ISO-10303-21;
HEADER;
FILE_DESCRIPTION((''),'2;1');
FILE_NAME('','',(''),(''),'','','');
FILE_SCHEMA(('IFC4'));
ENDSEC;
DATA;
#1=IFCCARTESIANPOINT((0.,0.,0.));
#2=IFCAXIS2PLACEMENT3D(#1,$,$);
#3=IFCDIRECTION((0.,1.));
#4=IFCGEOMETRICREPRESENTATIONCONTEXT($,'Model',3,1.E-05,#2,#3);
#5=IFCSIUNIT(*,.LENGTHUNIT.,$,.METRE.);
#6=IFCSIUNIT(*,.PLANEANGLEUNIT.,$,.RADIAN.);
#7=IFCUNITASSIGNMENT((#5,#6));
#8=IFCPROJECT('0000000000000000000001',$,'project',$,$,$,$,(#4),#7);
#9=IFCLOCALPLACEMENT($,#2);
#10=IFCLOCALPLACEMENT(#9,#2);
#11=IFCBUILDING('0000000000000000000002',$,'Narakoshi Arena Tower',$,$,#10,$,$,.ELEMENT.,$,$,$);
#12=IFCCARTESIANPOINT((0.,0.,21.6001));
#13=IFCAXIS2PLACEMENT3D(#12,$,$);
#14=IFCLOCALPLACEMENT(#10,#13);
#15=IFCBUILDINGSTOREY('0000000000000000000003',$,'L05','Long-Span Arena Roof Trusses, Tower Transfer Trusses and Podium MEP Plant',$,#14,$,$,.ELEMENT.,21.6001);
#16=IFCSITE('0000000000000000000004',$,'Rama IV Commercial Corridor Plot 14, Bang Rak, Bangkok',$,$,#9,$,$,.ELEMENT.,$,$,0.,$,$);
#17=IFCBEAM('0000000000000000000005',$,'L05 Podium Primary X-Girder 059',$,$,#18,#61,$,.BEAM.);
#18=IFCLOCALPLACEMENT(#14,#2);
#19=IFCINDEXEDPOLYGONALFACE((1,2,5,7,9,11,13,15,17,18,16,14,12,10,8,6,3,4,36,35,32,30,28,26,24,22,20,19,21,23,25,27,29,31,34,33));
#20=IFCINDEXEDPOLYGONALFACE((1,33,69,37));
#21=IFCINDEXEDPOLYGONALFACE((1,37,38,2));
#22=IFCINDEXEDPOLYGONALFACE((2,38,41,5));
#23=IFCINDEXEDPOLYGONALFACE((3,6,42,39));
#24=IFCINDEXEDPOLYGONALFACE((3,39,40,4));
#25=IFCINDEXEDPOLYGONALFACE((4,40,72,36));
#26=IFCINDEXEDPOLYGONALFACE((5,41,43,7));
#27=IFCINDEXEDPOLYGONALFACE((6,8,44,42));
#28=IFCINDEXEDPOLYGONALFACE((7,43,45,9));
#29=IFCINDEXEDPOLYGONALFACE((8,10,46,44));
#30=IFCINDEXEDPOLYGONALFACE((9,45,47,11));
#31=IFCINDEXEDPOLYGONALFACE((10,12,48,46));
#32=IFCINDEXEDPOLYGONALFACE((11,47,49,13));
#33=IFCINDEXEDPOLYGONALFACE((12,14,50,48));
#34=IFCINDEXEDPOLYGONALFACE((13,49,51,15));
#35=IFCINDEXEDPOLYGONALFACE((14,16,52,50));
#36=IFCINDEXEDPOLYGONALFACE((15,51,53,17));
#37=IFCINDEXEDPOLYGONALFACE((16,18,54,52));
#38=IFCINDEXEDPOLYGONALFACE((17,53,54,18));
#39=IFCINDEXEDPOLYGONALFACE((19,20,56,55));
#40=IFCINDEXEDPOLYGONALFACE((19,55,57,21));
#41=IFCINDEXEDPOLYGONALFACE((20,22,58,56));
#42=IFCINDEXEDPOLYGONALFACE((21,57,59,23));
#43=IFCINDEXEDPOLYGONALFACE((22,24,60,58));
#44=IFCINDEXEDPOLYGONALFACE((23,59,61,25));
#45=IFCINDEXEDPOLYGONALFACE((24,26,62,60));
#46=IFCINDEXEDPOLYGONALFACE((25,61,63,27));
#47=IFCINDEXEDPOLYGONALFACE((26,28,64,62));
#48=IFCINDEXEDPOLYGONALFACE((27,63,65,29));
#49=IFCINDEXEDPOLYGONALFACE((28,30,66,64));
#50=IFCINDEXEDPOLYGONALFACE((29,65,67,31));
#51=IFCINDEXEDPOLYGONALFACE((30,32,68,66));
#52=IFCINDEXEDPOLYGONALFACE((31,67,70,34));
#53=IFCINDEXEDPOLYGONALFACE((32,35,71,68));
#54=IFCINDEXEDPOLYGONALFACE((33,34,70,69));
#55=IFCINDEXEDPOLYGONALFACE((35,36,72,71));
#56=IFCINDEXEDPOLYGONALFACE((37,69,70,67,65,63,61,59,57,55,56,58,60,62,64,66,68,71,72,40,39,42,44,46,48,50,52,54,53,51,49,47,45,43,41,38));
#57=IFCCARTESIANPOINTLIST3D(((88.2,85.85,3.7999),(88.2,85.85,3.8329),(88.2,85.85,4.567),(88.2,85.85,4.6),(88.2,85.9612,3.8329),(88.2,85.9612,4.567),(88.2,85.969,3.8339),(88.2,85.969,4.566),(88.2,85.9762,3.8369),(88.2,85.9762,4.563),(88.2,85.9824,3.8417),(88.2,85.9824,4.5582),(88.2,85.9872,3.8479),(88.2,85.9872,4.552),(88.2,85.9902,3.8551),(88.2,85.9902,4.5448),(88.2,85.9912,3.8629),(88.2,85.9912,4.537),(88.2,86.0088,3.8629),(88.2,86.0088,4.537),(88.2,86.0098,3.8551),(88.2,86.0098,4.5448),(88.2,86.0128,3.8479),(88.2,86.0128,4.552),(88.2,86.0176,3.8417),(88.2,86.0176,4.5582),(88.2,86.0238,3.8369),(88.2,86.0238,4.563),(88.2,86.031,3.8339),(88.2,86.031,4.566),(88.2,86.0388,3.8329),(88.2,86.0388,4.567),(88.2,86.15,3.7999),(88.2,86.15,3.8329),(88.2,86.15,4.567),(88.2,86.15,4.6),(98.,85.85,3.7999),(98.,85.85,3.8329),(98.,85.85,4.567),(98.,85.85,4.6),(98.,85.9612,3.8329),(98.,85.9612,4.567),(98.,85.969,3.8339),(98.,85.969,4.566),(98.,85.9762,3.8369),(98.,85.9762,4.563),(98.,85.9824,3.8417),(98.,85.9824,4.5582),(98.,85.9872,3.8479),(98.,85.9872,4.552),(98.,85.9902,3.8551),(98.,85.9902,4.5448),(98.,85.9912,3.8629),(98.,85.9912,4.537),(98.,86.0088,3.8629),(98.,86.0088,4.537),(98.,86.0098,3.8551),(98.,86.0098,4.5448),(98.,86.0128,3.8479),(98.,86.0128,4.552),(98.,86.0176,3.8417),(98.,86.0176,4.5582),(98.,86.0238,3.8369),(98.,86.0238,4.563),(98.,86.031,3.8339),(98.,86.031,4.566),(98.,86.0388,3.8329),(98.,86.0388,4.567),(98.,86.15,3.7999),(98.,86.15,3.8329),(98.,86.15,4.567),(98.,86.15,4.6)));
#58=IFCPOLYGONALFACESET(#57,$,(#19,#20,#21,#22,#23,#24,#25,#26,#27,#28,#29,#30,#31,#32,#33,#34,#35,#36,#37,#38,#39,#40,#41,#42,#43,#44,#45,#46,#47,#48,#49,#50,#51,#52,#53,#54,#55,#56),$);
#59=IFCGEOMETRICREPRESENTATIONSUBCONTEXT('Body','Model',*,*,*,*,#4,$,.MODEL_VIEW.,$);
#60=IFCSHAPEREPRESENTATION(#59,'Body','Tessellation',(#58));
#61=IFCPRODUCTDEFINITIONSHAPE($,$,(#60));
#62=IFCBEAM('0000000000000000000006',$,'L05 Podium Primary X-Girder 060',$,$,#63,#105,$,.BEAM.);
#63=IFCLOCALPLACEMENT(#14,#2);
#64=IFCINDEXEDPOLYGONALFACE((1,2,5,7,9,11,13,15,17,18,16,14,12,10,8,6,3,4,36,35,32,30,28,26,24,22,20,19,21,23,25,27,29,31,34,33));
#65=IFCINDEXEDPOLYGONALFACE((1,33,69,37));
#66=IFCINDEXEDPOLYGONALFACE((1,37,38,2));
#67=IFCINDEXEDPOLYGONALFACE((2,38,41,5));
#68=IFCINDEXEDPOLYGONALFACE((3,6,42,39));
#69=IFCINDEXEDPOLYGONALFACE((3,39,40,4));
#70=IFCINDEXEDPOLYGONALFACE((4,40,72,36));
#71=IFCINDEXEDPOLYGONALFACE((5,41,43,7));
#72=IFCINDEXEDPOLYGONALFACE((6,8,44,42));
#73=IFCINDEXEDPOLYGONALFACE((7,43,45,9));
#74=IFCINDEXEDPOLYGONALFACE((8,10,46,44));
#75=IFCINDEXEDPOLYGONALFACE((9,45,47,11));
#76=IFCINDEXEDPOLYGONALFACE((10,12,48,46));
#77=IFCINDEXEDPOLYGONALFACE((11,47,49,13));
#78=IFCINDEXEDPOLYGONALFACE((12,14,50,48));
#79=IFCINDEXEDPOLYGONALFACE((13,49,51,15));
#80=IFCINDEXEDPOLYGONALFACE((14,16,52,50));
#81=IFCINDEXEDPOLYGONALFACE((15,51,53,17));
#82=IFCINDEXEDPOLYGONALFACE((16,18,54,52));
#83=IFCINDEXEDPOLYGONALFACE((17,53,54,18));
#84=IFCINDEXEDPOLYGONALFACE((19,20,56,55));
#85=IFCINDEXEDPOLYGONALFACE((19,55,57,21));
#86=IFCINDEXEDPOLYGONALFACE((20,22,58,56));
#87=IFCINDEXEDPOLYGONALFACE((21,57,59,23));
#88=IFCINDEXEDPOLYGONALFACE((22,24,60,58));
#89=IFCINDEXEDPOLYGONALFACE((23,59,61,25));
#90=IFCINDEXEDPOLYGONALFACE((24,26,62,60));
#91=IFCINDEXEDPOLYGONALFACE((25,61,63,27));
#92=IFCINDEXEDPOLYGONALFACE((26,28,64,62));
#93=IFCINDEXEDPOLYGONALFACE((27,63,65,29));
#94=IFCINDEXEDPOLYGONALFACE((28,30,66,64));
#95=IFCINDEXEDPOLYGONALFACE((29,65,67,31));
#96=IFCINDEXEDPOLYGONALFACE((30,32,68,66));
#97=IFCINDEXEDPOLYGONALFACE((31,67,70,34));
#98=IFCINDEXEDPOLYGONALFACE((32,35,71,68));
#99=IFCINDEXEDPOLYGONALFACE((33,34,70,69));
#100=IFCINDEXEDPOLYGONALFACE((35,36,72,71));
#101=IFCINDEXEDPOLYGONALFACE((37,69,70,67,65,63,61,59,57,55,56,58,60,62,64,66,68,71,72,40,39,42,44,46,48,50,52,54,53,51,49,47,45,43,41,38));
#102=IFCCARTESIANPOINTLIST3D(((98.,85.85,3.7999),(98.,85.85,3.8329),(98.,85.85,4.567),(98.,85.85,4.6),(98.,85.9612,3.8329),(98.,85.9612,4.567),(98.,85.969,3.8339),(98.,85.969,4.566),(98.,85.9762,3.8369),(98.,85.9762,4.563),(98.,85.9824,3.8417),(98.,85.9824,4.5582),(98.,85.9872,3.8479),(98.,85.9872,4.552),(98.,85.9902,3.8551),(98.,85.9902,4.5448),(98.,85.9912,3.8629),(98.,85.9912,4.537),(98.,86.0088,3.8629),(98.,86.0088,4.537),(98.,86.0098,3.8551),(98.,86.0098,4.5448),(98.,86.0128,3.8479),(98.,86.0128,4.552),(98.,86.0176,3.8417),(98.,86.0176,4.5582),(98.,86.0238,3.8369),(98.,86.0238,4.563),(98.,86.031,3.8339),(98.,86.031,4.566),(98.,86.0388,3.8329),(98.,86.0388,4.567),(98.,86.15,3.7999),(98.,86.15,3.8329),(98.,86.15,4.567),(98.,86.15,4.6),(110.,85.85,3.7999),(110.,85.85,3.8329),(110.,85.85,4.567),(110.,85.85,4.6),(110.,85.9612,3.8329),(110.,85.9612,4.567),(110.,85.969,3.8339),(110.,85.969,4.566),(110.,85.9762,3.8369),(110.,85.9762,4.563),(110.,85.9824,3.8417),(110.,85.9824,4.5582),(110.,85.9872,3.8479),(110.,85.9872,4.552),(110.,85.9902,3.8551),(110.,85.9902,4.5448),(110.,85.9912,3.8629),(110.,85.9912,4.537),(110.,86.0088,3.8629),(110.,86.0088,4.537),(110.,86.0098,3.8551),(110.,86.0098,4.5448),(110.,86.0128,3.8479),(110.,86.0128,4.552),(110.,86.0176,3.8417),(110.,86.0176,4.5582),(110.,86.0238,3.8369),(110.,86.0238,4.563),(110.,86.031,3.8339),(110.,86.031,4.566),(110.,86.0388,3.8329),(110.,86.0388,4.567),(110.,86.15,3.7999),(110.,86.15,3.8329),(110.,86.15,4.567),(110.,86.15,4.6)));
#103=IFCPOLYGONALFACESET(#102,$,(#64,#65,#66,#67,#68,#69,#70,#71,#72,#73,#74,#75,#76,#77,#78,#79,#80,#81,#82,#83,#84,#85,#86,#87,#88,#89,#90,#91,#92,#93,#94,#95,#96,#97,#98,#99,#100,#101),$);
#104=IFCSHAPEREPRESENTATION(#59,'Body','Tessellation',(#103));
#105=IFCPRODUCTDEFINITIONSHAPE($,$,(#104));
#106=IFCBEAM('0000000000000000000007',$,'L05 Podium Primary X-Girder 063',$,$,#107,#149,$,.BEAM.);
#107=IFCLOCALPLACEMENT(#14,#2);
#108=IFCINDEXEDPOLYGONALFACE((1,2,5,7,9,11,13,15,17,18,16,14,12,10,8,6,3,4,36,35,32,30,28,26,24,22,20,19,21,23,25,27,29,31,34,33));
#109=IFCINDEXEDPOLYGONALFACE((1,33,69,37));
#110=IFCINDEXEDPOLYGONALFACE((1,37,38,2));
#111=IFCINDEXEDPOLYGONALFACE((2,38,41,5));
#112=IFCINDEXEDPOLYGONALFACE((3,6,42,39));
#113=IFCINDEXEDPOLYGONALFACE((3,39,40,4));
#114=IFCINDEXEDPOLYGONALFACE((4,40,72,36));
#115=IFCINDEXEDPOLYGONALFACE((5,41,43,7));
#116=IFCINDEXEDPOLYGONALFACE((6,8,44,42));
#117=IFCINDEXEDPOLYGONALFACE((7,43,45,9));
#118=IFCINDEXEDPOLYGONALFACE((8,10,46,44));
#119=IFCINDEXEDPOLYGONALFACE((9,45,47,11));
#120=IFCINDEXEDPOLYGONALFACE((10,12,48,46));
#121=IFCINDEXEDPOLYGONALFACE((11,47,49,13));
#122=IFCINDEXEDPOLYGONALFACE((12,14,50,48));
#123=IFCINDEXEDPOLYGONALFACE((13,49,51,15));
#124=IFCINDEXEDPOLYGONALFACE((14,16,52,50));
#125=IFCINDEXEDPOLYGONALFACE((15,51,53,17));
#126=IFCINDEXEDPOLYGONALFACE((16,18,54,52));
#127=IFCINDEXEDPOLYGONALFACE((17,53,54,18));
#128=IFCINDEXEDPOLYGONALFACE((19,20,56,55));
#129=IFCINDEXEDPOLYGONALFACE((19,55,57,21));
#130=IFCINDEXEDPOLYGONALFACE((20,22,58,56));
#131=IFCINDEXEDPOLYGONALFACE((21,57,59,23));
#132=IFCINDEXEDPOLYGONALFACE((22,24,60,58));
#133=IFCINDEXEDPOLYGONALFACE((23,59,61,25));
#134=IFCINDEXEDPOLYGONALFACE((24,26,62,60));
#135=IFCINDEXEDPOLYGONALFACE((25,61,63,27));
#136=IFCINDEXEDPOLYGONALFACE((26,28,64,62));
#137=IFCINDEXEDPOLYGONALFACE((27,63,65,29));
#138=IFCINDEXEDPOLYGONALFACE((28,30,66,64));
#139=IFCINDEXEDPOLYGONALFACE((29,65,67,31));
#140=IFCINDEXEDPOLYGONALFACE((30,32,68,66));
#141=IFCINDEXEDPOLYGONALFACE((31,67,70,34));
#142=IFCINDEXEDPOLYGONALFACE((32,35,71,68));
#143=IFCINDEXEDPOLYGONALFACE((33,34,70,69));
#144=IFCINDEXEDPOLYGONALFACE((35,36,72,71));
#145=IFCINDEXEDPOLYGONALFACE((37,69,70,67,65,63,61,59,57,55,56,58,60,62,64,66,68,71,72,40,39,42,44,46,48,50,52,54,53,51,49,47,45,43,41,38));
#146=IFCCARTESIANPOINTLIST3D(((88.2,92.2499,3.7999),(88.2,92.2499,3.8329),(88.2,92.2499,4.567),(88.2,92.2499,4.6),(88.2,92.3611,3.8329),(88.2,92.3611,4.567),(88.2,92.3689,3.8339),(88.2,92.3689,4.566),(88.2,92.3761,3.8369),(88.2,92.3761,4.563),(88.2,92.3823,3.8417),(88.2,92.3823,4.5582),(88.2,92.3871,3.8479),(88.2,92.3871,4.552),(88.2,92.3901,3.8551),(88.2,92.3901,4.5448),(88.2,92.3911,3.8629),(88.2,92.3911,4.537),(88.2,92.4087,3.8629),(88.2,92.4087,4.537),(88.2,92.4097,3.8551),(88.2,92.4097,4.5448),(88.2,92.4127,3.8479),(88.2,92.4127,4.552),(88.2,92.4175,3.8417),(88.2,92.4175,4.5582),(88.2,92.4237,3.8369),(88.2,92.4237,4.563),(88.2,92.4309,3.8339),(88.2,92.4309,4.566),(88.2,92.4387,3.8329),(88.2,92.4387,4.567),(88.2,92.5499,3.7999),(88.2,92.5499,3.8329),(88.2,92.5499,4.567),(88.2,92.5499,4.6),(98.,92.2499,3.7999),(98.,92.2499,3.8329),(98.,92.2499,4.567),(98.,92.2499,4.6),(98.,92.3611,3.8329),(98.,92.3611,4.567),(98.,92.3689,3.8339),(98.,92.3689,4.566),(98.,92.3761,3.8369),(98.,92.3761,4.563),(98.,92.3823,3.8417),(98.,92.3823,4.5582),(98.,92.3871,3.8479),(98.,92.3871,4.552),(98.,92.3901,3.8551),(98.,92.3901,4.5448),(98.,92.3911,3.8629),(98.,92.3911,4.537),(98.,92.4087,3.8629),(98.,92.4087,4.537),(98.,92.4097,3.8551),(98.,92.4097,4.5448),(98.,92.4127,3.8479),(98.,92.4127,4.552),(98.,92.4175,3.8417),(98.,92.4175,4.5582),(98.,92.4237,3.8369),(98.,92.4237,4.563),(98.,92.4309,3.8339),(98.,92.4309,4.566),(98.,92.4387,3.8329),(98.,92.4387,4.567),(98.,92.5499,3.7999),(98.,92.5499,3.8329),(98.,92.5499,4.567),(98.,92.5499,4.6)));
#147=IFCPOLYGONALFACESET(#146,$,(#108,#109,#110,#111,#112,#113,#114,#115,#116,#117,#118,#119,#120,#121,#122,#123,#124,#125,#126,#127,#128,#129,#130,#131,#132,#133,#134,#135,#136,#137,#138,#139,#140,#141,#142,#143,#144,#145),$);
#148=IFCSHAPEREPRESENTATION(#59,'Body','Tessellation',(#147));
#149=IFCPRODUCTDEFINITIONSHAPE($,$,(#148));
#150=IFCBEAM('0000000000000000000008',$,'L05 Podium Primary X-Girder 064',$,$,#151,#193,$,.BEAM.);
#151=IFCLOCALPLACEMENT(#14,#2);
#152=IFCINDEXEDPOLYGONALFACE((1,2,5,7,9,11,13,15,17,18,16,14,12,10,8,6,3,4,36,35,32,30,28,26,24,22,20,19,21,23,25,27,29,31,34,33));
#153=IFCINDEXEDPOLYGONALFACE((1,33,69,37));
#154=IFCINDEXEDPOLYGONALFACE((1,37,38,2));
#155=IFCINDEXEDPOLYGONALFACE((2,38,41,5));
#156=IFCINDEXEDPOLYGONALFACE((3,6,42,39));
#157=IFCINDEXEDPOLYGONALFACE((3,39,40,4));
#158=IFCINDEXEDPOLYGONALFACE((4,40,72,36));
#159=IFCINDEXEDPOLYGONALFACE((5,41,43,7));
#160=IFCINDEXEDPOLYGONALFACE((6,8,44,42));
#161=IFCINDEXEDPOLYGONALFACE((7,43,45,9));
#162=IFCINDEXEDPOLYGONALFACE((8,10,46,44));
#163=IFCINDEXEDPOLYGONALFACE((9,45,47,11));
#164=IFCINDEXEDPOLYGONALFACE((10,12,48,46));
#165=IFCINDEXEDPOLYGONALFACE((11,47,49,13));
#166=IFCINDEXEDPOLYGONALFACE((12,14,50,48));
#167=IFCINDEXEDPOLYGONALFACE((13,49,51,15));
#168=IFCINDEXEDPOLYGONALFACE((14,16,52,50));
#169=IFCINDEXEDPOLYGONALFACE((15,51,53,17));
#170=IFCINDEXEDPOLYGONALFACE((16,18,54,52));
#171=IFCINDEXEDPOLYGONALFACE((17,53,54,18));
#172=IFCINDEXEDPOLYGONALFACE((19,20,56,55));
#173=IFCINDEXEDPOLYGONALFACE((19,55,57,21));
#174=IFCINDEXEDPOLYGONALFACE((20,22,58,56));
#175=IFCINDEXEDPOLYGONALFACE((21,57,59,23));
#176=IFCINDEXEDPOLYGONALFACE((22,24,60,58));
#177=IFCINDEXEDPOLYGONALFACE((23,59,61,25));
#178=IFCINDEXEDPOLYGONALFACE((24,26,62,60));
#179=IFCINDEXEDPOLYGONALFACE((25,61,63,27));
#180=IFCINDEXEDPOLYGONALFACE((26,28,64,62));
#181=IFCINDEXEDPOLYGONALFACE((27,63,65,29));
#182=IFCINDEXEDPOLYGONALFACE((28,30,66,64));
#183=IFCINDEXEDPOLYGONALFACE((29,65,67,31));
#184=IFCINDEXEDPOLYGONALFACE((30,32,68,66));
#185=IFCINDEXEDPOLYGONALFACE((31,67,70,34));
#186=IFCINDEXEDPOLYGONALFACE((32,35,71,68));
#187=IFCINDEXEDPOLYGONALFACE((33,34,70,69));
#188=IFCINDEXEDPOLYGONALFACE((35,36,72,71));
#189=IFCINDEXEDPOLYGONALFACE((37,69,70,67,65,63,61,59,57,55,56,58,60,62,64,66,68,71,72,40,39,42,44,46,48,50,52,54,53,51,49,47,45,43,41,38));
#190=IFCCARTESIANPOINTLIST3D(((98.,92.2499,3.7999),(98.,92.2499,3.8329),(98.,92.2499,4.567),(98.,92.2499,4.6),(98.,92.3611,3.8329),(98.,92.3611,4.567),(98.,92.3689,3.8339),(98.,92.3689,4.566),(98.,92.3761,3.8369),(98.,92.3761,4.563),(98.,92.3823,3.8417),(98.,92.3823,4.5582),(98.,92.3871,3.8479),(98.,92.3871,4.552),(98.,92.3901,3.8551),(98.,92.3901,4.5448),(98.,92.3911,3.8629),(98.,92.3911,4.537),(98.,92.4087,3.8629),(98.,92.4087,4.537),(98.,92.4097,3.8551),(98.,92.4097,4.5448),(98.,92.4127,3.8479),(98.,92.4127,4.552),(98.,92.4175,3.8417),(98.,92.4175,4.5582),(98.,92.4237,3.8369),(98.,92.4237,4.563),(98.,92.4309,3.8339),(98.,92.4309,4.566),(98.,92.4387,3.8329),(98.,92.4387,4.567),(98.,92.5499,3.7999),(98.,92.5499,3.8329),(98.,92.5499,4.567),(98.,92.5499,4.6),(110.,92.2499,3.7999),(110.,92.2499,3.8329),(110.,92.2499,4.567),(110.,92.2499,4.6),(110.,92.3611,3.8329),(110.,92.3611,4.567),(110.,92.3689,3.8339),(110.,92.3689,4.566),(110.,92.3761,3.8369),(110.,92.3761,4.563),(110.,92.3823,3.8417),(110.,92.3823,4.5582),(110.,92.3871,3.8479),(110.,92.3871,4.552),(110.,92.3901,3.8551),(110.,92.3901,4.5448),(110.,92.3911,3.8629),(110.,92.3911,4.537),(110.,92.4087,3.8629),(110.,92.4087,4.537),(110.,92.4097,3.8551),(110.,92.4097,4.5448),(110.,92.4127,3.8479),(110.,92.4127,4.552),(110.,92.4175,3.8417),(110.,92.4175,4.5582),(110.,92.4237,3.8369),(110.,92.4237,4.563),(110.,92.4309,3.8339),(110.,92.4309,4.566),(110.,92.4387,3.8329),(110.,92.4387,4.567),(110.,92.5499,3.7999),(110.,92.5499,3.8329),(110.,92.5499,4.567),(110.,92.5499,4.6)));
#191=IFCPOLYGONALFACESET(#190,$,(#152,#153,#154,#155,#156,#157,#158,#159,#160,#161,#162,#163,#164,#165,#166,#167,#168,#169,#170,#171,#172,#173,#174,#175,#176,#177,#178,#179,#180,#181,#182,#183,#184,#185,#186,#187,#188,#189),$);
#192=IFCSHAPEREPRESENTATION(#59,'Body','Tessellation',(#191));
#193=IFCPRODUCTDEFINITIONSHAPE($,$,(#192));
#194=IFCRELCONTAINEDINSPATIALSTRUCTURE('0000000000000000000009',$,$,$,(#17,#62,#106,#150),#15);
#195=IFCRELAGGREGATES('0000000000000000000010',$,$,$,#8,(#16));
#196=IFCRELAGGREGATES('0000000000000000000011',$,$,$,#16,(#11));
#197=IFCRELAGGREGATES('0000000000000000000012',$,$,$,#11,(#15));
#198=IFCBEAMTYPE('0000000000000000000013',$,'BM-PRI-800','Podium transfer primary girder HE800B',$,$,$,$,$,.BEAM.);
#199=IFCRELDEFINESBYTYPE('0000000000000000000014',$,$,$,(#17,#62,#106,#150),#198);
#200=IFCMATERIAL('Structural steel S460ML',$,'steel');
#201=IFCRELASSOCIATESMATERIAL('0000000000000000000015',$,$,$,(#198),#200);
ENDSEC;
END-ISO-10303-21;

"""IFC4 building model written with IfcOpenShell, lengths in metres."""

from ifc_helpers import new_model, si_unit, direction, frame, origin, origin_2d, place, context, subcontext, project, spatial, i_section, extrude, material, material_profile, profile_set, type_object, element, save


model = new_model("IFC4")

# Units and contexts
model_context = context("Model", 3, precision=1e-05, world=origin(), true_north=direction((0.0, 1.0)))
body_context = subcontext(model_context, "Body", "Model", "MODEL_VIEW")
ifc_project = project(units=[si_unit("LENGTHUNIT", "METRE"), si_unit("PLANEANGLEUNIT", "RADIAN")], contexts=[model_context])

# Site, building, storey
site_placement = place(None, origin())
site = spatial("IfcSite", under=ifc_project, at=site_placement, Name="Rama IV Commercial Corridor Plot 14, Bang Rak, Bangkok", CompositionType="ELEMENT", RefElevation=0.0)
building_placement = place(site_placement, origin())
building = spatial("IfcBuilding", under=site, at=building_placement, Name="Narakoshi Arena Tower", CompositionType="ELEMENT")
storey_placement = place(building_placement, frame((0.0, 0.0, 21.6001)))
storey = spatial("IfcBuildingStorey", under=building, at=storey_placement, Name="L05", Description="Long-Span Arena Roof Trusses, Tower Transfer Trusses and Podium MEP Plant", CompositionType="ELEMENT", Elevation=21.6001)

# Beams
ifc_material_1 = material(Name="Structural steel S460ML", Category="steel")
ifc_material_profile_1 = material_profile(ifc_material_1, i_section(OverallWidth=0.3, OverallDepth=0.8, WebThickness=0.0176, FlangeThickness=0.033, FilletRadius=0.03, at=origin_2d()), Name="HE800B")
ifc_profile_set_1 = profile_set([ifc_material_profile_1], Name="Structural steel S460ML")
beam_type_1 = type_object("IfcBeamType", Name="BM-PRI-800", Description="Podium transfer primary girder HE800B", PredefinedType="BEAM", material=ifc_profile_set_1)
beam_1_placement = place(storey_placement, frame((88.2, 86.0, 4.2), z_axis=(1.0, 0.0, 0.0), x_axis=(0.0, 1.0, 0.0)))
element("IfcBeam", 1, at=beam_1_placement, inside=storey, type_object=beam_type_1, Name="L05 Podium Primary X-Girder 059", PredefinedType="BEAM", context=body_context, shape_type="SweptSolid", body=[
    extrude(i_section(OverallWidth=0.3, OverallDepth=0.8, WebThickness=0.0176, FlangeThickness=0.033, FilletRadius=0.03, at=origin_2d()), origin(), (0.0, 0.0, 1.0), 9.8),
])
beam_2_placement = place(storey_placement, frame((98.0, 86.0, 4.2), z_axis=(1.0, 0.0, 0.0), x_axis=(0.0, 1.0, 0.0)))
element("IfcBeam", 2, at=beam_2_placement, inside=storey, type_object=beam_type_1, Name="L05 Podium Primary X-Girder 060", PredefinedType="BEAM", context=body_context, shape_type="SweptSolid", body=[
    extrude(i_section(OverallWidth=0.3, OverallDepth=0.8, WebThickness=0.0176, FlangeThickness=0.033, FilletRadius=0.03, at=origin_2d()), origin(), (0.0, 0.0, 1.0), 12.0),
])
beam_3_placement = place(storey_placement, frame((88.2, 92.3999, 4.2), z_axis=(1.0, 0.0, 0.0), x_axis=(0.0, 1.0, 0.0)))
element("IfcBeam", 3, at=beam_3_placement, inside=storey, type_object=beam_type_1, Name="L05 Podium Primary X-Girder 063", PredefinedType="BEAM", context=body_context, shape_type="SweptSolid", body=[
    extrude(i_section(OverallWidth=0.3, OverallDepth=0.8, WebThickness=0.0176, FlangeThickness=0.033, FilletRadius=0.03, at=origin_2d()), origin(), (0.0, 0.0, 1.0), 9.8),
])
beam_4_placement = place(storey_placement, frame((98.0, 92.3999, 4.2), z_axis=(1.0, 0.0, 0.0), x_axis=(0.0, 1.0, 0.0)))
element("IfcBeam", 4, at=beam_4_placement, inside=storey, type_object=beam_type_1, Name="L05 Podium Primary X-Girder 064", PredefinedType="BEAM", context=body_context, shape_type="SweptSolid", body=[
    extrude(i_section(OverallWidth=0.3, OverallDepth=0.8, WebThickness=0.0176, FlangeThickness=0.033, FilletRadius=0.03, at=origin_2d()), origin(), (0.0, 0.0, 1.0), 12.0),
])

save(model, "model.ifc")
